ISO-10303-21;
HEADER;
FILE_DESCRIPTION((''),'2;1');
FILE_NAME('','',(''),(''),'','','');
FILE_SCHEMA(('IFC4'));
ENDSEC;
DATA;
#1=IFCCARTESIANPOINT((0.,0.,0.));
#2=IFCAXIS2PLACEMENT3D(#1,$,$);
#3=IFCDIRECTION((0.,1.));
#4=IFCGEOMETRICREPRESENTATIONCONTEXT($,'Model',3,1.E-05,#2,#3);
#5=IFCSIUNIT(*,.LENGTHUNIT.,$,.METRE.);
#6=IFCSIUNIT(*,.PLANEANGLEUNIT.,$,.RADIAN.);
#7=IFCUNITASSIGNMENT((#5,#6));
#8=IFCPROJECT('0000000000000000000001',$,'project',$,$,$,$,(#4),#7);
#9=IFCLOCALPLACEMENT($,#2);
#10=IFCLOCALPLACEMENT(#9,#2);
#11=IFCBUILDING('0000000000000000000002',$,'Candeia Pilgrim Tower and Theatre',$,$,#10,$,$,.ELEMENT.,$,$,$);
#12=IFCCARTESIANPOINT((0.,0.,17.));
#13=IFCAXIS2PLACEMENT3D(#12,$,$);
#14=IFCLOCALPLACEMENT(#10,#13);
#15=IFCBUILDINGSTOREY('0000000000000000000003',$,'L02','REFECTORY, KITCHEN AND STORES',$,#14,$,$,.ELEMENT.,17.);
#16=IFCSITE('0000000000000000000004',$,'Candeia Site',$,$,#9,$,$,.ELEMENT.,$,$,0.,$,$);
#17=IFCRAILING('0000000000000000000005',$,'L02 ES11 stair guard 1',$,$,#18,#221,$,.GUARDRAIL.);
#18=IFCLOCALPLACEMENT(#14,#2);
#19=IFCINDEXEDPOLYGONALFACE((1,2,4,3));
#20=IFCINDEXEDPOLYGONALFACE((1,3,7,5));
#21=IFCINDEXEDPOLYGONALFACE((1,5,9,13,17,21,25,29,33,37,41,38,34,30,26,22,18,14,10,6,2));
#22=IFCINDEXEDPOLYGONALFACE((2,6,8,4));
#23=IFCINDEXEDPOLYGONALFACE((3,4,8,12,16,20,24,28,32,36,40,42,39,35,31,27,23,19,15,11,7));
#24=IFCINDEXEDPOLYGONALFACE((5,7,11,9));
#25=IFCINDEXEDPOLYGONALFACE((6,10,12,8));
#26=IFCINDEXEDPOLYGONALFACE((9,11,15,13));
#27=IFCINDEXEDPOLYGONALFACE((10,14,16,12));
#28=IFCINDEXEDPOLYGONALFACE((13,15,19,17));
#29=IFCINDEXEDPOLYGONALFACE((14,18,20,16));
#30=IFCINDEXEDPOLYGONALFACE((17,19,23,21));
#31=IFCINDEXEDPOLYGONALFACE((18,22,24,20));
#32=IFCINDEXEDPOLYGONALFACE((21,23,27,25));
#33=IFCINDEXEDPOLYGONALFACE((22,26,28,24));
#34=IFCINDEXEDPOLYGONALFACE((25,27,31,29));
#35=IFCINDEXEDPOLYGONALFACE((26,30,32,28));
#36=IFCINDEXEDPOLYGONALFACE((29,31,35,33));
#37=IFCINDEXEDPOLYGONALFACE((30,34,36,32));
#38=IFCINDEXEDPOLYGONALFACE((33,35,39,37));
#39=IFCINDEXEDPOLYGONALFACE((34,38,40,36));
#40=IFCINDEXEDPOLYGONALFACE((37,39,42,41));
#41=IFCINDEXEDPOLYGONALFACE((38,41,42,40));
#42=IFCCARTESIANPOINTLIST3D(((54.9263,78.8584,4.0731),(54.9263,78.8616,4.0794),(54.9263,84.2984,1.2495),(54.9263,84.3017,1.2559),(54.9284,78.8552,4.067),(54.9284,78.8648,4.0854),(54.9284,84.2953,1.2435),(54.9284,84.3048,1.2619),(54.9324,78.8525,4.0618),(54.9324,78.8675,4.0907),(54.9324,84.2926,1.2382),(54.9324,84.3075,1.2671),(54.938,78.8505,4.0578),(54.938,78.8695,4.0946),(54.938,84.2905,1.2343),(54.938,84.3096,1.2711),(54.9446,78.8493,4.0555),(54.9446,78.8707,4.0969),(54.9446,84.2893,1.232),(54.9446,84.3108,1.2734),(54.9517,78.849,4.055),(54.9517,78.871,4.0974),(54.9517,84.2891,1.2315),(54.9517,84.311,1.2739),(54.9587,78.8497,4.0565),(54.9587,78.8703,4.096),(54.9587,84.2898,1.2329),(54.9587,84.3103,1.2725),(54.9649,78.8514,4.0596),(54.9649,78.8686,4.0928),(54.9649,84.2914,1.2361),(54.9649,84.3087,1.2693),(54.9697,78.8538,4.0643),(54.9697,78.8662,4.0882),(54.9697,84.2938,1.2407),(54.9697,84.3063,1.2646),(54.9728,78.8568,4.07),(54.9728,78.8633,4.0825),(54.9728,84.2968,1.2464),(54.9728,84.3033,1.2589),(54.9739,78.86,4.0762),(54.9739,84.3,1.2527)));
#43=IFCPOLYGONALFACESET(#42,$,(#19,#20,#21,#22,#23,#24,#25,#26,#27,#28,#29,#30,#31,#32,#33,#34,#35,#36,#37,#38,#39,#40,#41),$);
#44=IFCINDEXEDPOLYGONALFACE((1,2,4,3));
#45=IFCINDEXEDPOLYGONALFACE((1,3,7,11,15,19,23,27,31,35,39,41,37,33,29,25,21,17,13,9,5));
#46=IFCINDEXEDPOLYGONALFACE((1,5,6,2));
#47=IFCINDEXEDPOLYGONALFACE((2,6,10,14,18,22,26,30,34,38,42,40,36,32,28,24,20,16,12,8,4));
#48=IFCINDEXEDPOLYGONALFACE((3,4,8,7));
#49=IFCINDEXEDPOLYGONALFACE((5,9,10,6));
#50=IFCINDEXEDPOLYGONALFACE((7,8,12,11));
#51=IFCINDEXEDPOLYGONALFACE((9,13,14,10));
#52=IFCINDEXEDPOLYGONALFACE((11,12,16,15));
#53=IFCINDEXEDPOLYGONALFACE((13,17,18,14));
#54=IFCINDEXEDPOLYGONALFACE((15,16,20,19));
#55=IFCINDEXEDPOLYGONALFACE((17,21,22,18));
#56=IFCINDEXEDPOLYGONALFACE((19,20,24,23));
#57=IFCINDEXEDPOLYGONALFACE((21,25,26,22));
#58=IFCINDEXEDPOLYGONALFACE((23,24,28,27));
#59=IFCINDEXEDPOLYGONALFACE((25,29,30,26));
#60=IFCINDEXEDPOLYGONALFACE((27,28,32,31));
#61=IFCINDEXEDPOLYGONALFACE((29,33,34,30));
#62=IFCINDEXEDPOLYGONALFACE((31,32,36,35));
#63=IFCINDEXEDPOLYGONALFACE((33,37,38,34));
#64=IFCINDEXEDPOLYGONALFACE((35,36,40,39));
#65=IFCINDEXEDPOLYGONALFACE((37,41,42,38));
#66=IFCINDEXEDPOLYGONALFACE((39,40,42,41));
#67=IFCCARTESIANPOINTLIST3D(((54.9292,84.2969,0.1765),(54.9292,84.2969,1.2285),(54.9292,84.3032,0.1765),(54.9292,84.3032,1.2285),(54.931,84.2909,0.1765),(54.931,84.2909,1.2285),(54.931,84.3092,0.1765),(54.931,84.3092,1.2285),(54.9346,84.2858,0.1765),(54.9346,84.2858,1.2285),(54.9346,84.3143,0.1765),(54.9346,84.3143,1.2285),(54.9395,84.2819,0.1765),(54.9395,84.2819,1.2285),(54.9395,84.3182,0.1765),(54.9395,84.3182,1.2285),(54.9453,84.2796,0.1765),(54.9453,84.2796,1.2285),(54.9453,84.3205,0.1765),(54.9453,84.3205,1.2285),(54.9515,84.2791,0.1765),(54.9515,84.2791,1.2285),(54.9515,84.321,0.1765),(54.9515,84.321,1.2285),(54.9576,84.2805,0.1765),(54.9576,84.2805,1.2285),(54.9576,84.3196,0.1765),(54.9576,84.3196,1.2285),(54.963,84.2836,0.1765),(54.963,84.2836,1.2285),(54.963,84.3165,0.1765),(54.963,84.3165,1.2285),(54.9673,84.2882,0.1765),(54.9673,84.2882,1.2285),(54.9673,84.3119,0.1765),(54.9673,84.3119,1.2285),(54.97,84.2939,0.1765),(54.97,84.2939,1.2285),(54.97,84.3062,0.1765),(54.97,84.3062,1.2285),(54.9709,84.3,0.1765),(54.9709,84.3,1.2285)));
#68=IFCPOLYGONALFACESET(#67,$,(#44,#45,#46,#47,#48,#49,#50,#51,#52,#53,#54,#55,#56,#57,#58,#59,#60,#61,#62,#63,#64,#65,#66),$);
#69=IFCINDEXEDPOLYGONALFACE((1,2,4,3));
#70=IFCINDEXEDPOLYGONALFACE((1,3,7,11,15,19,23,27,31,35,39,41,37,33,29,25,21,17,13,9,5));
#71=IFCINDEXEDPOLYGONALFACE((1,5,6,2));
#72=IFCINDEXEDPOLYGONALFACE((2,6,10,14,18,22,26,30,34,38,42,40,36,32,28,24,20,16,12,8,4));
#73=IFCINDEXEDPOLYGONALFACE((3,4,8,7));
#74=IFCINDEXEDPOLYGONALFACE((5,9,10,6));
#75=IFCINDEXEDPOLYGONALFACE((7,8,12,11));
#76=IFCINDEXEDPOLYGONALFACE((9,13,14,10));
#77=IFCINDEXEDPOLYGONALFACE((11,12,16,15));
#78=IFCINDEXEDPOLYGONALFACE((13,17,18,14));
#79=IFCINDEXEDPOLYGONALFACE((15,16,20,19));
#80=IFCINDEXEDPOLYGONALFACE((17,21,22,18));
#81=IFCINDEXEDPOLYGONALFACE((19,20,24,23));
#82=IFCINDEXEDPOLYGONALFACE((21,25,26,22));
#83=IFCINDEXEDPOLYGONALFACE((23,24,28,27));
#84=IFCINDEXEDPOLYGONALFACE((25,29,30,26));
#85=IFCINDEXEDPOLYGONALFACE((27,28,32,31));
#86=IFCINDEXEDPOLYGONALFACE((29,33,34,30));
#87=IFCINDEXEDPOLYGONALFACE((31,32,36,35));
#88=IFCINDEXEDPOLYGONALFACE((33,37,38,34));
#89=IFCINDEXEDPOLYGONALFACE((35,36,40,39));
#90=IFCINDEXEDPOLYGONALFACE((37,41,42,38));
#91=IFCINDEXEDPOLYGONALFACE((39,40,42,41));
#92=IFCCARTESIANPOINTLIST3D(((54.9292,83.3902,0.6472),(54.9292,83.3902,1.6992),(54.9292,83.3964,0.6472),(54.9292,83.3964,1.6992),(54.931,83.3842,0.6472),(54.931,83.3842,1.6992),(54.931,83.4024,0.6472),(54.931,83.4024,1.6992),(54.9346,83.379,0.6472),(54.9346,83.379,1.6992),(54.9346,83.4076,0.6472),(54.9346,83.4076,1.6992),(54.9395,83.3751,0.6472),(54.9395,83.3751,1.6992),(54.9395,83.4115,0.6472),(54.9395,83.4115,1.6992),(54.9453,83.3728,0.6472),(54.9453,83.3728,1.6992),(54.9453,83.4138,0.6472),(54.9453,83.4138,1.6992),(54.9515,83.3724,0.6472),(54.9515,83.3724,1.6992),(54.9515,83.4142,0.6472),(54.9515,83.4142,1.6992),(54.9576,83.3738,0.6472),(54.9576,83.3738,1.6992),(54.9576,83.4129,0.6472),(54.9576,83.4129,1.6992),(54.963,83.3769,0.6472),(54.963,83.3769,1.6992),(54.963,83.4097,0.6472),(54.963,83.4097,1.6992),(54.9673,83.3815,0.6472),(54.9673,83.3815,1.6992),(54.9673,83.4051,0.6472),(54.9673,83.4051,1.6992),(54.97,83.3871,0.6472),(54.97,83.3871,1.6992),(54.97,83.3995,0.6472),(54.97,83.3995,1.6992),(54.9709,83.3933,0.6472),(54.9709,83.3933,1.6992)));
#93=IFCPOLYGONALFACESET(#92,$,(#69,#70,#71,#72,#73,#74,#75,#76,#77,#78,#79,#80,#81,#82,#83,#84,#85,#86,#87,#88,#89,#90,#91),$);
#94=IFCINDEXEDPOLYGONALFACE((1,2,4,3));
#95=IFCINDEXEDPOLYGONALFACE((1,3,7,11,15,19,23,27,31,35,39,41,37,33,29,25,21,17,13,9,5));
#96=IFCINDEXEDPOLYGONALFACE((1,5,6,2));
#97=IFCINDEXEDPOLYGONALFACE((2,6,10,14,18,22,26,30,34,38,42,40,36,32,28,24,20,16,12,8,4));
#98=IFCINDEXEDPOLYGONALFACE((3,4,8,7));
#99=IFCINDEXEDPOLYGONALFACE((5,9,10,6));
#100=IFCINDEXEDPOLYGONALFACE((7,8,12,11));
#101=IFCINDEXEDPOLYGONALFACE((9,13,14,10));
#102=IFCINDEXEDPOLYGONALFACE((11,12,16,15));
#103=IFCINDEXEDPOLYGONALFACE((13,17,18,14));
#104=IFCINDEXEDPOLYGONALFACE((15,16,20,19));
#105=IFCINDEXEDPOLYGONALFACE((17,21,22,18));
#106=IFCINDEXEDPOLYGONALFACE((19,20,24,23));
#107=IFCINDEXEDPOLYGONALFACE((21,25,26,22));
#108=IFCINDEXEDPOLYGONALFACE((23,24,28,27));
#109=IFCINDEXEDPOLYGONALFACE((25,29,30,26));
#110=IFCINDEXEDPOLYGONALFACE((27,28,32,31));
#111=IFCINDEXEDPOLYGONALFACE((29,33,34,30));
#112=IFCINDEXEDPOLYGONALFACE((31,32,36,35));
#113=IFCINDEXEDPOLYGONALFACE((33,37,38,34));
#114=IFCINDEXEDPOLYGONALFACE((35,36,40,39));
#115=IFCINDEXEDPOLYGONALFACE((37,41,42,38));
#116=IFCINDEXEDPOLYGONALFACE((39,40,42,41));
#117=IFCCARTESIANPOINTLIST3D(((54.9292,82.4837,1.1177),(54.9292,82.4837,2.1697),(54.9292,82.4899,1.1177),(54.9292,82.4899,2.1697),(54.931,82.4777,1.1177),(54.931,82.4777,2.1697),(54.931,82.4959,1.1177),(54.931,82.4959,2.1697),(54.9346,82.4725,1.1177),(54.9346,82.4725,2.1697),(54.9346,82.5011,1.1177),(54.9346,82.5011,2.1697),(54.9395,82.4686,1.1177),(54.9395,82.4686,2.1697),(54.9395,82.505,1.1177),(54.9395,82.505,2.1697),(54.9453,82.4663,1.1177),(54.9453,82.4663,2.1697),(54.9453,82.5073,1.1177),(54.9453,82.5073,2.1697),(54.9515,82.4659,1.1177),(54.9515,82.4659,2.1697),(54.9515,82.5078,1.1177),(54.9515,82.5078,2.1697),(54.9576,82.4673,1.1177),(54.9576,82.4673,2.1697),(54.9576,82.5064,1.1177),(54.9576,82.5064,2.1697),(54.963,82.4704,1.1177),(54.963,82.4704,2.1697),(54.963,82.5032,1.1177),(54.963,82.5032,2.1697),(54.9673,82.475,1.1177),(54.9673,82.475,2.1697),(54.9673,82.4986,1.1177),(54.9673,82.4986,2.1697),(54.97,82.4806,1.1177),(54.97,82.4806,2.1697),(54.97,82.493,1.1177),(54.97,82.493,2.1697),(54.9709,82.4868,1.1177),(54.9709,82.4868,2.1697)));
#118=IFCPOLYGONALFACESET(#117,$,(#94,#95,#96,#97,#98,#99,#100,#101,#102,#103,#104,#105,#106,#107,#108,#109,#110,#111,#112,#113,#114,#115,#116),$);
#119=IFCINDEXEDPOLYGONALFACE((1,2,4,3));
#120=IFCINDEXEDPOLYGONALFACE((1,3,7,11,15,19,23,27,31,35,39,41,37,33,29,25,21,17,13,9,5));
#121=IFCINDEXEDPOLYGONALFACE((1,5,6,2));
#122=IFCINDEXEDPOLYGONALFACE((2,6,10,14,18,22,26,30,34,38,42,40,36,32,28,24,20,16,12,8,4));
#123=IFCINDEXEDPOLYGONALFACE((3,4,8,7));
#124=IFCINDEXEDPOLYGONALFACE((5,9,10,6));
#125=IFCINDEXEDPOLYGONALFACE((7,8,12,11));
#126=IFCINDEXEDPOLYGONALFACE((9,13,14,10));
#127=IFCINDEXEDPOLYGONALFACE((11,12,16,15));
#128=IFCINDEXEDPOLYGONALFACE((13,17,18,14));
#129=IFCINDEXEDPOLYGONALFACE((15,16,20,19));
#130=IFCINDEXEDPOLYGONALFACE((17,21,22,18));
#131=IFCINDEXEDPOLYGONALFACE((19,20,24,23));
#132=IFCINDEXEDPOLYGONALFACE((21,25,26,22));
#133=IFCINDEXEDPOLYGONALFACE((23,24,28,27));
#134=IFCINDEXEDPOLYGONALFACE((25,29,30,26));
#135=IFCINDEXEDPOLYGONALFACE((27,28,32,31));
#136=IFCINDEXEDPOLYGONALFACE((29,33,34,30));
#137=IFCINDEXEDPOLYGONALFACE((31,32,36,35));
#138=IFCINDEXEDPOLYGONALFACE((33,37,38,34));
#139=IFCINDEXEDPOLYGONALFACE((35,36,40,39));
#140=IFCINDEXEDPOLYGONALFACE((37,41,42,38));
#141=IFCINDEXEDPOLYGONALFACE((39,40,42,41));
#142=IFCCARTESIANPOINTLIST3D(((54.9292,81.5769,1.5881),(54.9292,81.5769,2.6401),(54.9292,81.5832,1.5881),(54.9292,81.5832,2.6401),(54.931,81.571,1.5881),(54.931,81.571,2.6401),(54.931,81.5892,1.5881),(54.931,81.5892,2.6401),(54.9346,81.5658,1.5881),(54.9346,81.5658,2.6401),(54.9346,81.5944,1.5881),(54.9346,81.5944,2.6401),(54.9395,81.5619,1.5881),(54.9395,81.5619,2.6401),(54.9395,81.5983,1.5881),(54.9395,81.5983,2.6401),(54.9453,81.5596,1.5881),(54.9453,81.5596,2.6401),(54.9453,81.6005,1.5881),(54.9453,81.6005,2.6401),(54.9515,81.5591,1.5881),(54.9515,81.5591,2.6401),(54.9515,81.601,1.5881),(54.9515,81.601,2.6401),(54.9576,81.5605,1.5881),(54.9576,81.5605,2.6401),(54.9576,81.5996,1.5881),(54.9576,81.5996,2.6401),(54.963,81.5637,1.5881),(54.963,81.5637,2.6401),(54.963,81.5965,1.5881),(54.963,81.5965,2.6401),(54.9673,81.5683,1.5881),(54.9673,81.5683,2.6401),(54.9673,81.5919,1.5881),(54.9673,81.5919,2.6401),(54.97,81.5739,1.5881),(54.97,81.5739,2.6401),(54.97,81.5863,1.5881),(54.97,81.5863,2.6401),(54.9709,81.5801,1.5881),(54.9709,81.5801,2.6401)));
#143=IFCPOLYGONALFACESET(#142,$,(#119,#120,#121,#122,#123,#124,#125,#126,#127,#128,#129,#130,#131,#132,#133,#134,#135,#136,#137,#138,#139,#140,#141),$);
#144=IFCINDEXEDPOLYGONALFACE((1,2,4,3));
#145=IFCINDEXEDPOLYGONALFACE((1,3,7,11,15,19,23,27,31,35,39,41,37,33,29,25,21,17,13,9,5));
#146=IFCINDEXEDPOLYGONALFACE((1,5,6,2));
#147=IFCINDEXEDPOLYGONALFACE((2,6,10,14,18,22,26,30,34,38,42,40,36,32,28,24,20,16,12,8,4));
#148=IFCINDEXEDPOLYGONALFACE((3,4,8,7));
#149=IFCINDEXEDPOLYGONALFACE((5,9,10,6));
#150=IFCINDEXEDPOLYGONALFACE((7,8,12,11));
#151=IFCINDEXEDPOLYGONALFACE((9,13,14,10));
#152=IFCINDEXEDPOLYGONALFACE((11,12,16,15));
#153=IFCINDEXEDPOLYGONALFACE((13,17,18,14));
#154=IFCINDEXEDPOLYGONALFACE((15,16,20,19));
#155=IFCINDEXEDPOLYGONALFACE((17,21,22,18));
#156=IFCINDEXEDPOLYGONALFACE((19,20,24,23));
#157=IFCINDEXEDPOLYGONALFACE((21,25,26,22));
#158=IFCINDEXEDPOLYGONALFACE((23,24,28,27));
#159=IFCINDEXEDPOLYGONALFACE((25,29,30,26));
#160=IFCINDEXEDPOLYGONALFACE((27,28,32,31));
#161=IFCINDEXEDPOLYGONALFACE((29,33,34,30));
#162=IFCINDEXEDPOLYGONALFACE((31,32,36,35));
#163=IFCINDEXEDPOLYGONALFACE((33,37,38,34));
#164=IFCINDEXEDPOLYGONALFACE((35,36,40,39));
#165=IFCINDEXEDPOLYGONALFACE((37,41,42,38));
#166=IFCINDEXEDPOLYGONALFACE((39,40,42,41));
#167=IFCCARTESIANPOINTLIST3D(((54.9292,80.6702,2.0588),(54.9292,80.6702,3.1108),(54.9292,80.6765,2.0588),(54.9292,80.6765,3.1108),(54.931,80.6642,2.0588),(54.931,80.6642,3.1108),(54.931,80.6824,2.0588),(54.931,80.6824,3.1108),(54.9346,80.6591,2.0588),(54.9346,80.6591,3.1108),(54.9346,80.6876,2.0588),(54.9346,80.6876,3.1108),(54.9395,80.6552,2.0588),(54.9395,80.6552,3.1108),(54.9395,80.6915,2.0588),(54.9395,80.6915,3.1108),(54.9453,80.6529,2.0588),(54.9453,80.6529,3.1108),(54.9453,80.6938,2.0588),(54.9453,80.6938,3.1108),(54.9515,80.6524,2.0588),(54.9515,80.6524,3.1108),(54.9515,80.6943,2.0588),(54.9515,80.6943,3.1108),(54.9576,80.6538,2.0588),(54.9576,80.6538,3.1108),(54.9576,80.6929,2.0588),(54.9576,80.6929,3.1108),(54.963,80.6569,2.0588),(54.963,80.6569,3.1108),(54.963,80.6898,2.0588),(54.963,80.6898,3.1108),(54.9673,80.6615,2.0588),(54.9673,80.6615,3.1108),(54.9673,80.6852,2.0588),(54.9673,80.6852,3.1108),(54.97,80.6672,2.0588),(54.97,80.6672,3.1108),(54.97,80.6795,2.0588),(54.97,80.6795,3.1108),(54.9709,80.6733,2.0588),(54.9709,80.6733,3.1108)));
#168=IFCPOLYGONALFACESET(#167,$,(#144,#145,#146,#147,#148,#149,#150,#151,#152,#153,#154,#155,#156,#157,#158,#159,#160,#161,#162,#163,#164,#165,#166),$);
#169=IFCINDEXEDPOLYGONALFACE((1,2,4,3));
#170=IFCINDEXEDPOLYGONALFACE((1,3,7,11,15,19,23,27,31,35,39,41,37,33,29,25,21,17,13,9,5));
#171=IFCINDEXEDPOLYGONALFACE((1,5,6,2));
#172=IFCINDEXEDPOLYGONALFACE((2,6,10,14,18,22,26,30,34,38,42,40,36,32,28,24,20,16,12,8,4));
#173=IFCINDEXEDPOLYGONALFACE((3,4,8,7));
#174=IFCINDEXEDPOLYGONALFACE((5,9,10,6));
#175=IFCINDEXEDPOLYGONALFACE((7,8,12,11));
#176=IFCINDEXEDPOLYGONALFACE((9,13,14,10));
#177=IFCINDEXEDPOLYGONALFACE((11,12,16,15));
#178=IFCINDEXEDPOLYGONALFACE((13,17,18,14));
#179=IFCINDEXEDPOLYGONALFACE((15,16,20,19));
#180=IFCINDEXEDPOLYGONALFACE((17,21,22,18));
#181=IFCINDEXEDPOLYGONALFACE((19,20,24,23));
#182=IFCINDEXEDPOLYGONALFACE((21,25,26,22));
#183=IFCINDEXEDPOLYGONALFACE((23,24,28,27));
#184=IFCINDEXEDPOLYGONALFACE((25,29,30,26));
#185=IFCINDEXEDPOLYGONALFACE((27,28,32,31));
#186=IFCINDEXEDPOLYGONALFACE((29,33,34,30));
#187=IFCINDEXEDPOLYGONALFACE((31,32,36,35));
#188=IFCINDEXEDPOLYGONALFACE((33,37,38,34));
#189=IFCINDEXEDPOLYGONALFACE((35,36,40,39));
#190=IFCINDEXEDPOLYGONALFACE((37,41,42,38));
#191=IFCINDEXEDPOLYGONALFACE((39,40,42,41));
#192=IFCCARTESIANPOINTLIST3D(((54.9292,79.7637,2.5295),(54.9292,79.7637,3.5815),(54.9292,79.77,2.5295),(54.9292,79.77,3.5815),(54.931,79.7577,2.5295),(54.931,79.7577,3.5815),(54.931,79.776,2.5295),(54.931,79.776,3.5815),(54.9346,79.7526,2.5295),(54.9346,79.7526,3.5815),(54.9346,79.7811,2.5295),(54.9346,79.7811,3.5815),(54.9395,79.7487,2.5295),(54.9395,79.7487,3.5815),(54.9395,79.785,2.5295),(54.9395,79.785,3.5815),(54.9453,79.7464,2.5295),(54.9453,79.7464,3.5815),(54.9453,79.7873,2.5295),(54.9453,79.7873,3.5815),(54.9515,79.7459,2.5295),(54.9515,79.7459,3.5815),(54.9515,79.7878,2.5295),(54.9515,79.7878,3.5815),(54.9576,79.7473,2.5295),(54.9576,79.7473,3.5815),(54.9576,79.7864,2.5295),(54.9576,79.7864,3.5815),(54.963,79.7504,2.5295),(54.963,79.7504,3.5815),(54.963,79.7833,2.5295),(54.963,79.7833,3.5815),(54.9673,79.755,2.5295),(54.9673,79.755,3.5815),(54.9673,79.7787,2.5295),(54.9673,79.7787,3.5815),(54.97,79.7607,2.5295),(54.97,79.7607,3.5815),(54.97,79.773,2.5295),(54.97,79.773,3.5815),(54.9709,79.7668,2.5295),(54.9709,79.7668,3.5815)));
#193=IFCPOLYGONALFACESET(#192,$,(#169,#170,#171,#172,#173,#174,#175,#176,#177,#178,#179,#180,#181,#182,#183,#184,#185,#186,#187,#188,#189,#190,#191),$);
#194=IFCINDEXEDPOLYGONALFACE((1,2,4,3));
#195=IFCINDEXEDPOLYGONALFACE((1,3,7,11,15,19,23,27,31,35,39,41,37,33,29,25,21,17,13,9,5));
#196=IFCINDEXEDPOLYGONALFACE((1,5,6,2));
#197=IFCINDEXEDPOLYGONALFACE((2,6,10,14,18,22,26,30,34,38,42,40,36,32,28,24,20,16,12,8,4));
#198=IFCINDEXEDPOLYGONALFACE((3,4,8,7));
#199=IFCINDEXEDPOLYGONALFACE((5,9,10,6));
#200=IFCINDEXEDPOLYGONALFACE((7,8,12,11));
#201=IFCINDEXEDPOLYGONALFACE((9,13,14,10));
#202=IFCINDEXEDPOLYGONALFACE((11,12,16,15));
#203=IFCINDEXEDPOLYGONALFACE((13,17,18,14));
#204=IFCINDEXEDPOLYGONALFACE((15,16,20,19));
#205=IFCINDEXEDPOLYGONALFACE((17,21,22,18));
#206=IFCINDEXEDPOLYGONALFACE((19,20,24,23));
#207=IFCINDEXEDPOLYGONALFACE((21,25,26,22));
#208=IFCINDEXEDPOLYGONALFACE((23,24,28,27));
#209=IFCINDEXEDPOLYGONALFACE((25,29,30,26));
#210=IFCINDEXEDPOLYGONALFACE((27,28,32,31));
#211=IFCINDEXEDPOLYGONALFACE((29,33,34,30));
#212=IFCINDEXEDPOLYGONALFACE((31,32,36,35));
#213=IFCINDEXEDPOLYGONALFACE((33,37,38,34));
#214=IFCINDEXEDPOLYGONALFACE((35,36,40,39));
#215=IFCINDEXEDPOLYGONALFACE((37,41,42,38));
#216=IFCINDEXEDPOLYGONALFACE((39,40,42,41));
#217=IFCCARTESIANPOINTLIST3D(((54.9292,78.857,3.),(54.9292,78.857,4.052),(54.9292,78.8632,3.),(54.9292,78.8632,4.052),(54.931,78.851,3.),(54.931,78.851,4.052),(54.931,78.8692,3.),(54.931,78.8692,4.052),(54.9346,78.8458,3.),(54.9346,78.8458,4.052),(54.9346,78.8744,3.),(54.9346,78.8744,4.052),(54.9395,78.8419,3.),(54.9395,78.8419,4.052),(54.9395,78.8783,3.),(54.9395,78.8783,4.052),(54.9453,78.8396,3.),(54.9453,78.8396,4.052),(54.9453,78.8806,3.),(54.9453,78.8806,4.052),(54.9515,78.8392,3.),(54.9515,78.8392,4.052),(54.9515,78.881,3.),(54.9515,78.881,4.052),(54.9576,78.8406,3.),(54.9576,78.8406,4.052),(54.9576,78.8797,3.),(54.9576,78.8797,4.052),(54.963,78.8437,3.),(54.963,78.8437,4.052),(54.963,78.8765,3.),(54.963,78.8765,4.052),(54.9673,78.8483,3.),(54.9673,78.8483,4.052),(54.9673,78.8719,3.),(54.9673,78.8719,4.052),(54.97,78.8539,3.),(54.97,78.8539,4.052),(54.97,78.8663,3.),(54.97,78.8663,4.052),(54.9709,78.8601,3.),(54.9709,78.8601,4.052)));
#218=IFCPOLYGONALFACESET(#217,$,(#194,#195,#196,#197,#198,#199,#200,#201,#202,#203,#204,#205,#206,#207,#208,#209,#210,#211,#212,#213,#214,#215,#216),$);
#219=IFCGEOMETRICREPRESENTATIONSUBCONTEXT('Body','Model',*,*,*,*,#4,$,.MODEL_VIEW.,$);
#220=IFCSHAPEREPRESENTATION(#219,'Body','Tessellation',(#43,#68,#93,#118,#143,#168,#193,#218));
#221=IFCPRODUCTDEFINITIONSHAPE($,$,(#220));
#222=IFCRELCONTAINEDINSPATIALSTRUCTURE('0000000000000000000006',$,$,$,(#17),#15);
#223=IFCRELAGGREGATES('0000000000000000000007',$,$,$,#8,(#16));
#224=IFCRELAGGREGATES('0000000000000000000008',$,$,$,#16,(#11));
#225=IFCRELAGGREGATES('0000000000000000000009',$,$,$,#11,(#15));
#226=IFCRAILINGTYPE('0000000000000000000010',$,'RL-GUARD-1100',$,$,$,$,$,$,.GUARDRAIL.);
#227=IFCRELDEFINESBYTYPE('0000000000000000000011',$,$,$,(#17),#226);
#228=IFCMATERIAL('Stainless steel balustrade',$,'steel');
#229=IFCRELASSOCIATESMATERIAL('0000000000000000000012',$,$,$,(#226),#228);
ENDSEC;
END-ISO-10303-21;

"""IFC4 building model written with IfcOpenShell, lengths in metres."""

from ifc_helpers import new_model, si_unit, direction, frame, origin, origin_2d, place, context, subcontext, project, spatial, circle, extrude, material, type_object, element, save


model = new_model("IFC4")

# Units and contexts
model_context = context("Model", 3, precision=1e-05, world=origin(), true_north=direction((0.0, 1.0)))
body_context = subcontext(model_context, "Body", "Model", "MODEL_VIEW")
ifc_project = project(units=[si_unit("LENGTHUNIT", "METRE"), si_unit("PLANEANGLEUNIT", "RADIAN")], contexts=[model_context])

# Site, building, storey
site_placement = place(None, origin())
site = spatial("IfcSite", under=ifc_project, at=site_placement, Name="Candeia Site", CompositionType="ELEMENT", RefElevation=0.0)
building_placement = place(site_placement, origin())
building = spatial("IfcBuilding", under=site, at=building_placement, Name="Candeia Pilgrim Tower and Theatre", CompositionType="ELEMENT")
storey_placement = place(building_placement, frame((0.0, 0.0, 17.0)))
storey = spatial("IfcBuildingStorey", under=building, at=storey_placement, Name="L02", Description="REFECTORY, KITCHEN AND STORES", CompositionType="ELEMENT", Elevation=17.0)

# Railing
ifc_material_1 = material(Name="Stainless steel balustrade", Category="steel")
railing_type_1 = type_object("IfcRailingType", Name="RL-GUARD-1100", PredefinedType="GUARDRAIL", material=ifc_material_1)
railing_1_placement = place(storey_placement, frame((54.95, 84.3, 0.1765)))
element("IfcRailing", 1, at=railing_1_placement, inside=storey, type_object=railing_type_1, Name="L02 ES11 stair guard 1", PredefinedType="GUARDRAIL", context=body_context, shape_type="SweptSolid", body=[
    extrude(circle(Radius=0.0239, at=origin_2d()), frame((0.0, 0.0, 1.0762), z_axis=(0.0, -0.887569, 0.460674), x_axis=(1.0, 0.0, 0.0)), (0.0, 0.0, 1.0), 6.1292),
    extrude(circle(Radius=0.021, at=origin_2d()), origin(), (0.0, 0.0, 1.0), 1.052),
    extrude(circle(Radius=0.021, at=origin_2d()), frame((0.0, -0.9067, 0.4707)), (0.0, 0.0, 1.0), 1.052),
    extrude(circle(Radius=0.021, at=origin_2d()), frame((0.0, -1.8132, 0.9412)), (0.0, 0.0, 1.0), 1.052),
    extrude(circle(Radius=0.021, at=origin_2d()), frame((0.0, -2.72, 1.4116)), (0.0, 0.0, 1.0), 1.052),
    extrude(circle(Radius=0.021, at=origin_2d()), frame((0.0, -3.6267, 1.8823)), (0.0, 0.0, 1.0), 1.052),
    extrude(circle(Radius=0.021, at=origin_2d()), frame((0.0, -4.5332, 2.353)), (0.0, 0.0, 1.0), 1.052),
    extrude(circle(Radius=0.021, at=origin_2d()), frame((0.0, -5.4399, 2.8235)), (0.0, 0.0, 1.0), 1.052),
])

save(model, "model.ifc")
